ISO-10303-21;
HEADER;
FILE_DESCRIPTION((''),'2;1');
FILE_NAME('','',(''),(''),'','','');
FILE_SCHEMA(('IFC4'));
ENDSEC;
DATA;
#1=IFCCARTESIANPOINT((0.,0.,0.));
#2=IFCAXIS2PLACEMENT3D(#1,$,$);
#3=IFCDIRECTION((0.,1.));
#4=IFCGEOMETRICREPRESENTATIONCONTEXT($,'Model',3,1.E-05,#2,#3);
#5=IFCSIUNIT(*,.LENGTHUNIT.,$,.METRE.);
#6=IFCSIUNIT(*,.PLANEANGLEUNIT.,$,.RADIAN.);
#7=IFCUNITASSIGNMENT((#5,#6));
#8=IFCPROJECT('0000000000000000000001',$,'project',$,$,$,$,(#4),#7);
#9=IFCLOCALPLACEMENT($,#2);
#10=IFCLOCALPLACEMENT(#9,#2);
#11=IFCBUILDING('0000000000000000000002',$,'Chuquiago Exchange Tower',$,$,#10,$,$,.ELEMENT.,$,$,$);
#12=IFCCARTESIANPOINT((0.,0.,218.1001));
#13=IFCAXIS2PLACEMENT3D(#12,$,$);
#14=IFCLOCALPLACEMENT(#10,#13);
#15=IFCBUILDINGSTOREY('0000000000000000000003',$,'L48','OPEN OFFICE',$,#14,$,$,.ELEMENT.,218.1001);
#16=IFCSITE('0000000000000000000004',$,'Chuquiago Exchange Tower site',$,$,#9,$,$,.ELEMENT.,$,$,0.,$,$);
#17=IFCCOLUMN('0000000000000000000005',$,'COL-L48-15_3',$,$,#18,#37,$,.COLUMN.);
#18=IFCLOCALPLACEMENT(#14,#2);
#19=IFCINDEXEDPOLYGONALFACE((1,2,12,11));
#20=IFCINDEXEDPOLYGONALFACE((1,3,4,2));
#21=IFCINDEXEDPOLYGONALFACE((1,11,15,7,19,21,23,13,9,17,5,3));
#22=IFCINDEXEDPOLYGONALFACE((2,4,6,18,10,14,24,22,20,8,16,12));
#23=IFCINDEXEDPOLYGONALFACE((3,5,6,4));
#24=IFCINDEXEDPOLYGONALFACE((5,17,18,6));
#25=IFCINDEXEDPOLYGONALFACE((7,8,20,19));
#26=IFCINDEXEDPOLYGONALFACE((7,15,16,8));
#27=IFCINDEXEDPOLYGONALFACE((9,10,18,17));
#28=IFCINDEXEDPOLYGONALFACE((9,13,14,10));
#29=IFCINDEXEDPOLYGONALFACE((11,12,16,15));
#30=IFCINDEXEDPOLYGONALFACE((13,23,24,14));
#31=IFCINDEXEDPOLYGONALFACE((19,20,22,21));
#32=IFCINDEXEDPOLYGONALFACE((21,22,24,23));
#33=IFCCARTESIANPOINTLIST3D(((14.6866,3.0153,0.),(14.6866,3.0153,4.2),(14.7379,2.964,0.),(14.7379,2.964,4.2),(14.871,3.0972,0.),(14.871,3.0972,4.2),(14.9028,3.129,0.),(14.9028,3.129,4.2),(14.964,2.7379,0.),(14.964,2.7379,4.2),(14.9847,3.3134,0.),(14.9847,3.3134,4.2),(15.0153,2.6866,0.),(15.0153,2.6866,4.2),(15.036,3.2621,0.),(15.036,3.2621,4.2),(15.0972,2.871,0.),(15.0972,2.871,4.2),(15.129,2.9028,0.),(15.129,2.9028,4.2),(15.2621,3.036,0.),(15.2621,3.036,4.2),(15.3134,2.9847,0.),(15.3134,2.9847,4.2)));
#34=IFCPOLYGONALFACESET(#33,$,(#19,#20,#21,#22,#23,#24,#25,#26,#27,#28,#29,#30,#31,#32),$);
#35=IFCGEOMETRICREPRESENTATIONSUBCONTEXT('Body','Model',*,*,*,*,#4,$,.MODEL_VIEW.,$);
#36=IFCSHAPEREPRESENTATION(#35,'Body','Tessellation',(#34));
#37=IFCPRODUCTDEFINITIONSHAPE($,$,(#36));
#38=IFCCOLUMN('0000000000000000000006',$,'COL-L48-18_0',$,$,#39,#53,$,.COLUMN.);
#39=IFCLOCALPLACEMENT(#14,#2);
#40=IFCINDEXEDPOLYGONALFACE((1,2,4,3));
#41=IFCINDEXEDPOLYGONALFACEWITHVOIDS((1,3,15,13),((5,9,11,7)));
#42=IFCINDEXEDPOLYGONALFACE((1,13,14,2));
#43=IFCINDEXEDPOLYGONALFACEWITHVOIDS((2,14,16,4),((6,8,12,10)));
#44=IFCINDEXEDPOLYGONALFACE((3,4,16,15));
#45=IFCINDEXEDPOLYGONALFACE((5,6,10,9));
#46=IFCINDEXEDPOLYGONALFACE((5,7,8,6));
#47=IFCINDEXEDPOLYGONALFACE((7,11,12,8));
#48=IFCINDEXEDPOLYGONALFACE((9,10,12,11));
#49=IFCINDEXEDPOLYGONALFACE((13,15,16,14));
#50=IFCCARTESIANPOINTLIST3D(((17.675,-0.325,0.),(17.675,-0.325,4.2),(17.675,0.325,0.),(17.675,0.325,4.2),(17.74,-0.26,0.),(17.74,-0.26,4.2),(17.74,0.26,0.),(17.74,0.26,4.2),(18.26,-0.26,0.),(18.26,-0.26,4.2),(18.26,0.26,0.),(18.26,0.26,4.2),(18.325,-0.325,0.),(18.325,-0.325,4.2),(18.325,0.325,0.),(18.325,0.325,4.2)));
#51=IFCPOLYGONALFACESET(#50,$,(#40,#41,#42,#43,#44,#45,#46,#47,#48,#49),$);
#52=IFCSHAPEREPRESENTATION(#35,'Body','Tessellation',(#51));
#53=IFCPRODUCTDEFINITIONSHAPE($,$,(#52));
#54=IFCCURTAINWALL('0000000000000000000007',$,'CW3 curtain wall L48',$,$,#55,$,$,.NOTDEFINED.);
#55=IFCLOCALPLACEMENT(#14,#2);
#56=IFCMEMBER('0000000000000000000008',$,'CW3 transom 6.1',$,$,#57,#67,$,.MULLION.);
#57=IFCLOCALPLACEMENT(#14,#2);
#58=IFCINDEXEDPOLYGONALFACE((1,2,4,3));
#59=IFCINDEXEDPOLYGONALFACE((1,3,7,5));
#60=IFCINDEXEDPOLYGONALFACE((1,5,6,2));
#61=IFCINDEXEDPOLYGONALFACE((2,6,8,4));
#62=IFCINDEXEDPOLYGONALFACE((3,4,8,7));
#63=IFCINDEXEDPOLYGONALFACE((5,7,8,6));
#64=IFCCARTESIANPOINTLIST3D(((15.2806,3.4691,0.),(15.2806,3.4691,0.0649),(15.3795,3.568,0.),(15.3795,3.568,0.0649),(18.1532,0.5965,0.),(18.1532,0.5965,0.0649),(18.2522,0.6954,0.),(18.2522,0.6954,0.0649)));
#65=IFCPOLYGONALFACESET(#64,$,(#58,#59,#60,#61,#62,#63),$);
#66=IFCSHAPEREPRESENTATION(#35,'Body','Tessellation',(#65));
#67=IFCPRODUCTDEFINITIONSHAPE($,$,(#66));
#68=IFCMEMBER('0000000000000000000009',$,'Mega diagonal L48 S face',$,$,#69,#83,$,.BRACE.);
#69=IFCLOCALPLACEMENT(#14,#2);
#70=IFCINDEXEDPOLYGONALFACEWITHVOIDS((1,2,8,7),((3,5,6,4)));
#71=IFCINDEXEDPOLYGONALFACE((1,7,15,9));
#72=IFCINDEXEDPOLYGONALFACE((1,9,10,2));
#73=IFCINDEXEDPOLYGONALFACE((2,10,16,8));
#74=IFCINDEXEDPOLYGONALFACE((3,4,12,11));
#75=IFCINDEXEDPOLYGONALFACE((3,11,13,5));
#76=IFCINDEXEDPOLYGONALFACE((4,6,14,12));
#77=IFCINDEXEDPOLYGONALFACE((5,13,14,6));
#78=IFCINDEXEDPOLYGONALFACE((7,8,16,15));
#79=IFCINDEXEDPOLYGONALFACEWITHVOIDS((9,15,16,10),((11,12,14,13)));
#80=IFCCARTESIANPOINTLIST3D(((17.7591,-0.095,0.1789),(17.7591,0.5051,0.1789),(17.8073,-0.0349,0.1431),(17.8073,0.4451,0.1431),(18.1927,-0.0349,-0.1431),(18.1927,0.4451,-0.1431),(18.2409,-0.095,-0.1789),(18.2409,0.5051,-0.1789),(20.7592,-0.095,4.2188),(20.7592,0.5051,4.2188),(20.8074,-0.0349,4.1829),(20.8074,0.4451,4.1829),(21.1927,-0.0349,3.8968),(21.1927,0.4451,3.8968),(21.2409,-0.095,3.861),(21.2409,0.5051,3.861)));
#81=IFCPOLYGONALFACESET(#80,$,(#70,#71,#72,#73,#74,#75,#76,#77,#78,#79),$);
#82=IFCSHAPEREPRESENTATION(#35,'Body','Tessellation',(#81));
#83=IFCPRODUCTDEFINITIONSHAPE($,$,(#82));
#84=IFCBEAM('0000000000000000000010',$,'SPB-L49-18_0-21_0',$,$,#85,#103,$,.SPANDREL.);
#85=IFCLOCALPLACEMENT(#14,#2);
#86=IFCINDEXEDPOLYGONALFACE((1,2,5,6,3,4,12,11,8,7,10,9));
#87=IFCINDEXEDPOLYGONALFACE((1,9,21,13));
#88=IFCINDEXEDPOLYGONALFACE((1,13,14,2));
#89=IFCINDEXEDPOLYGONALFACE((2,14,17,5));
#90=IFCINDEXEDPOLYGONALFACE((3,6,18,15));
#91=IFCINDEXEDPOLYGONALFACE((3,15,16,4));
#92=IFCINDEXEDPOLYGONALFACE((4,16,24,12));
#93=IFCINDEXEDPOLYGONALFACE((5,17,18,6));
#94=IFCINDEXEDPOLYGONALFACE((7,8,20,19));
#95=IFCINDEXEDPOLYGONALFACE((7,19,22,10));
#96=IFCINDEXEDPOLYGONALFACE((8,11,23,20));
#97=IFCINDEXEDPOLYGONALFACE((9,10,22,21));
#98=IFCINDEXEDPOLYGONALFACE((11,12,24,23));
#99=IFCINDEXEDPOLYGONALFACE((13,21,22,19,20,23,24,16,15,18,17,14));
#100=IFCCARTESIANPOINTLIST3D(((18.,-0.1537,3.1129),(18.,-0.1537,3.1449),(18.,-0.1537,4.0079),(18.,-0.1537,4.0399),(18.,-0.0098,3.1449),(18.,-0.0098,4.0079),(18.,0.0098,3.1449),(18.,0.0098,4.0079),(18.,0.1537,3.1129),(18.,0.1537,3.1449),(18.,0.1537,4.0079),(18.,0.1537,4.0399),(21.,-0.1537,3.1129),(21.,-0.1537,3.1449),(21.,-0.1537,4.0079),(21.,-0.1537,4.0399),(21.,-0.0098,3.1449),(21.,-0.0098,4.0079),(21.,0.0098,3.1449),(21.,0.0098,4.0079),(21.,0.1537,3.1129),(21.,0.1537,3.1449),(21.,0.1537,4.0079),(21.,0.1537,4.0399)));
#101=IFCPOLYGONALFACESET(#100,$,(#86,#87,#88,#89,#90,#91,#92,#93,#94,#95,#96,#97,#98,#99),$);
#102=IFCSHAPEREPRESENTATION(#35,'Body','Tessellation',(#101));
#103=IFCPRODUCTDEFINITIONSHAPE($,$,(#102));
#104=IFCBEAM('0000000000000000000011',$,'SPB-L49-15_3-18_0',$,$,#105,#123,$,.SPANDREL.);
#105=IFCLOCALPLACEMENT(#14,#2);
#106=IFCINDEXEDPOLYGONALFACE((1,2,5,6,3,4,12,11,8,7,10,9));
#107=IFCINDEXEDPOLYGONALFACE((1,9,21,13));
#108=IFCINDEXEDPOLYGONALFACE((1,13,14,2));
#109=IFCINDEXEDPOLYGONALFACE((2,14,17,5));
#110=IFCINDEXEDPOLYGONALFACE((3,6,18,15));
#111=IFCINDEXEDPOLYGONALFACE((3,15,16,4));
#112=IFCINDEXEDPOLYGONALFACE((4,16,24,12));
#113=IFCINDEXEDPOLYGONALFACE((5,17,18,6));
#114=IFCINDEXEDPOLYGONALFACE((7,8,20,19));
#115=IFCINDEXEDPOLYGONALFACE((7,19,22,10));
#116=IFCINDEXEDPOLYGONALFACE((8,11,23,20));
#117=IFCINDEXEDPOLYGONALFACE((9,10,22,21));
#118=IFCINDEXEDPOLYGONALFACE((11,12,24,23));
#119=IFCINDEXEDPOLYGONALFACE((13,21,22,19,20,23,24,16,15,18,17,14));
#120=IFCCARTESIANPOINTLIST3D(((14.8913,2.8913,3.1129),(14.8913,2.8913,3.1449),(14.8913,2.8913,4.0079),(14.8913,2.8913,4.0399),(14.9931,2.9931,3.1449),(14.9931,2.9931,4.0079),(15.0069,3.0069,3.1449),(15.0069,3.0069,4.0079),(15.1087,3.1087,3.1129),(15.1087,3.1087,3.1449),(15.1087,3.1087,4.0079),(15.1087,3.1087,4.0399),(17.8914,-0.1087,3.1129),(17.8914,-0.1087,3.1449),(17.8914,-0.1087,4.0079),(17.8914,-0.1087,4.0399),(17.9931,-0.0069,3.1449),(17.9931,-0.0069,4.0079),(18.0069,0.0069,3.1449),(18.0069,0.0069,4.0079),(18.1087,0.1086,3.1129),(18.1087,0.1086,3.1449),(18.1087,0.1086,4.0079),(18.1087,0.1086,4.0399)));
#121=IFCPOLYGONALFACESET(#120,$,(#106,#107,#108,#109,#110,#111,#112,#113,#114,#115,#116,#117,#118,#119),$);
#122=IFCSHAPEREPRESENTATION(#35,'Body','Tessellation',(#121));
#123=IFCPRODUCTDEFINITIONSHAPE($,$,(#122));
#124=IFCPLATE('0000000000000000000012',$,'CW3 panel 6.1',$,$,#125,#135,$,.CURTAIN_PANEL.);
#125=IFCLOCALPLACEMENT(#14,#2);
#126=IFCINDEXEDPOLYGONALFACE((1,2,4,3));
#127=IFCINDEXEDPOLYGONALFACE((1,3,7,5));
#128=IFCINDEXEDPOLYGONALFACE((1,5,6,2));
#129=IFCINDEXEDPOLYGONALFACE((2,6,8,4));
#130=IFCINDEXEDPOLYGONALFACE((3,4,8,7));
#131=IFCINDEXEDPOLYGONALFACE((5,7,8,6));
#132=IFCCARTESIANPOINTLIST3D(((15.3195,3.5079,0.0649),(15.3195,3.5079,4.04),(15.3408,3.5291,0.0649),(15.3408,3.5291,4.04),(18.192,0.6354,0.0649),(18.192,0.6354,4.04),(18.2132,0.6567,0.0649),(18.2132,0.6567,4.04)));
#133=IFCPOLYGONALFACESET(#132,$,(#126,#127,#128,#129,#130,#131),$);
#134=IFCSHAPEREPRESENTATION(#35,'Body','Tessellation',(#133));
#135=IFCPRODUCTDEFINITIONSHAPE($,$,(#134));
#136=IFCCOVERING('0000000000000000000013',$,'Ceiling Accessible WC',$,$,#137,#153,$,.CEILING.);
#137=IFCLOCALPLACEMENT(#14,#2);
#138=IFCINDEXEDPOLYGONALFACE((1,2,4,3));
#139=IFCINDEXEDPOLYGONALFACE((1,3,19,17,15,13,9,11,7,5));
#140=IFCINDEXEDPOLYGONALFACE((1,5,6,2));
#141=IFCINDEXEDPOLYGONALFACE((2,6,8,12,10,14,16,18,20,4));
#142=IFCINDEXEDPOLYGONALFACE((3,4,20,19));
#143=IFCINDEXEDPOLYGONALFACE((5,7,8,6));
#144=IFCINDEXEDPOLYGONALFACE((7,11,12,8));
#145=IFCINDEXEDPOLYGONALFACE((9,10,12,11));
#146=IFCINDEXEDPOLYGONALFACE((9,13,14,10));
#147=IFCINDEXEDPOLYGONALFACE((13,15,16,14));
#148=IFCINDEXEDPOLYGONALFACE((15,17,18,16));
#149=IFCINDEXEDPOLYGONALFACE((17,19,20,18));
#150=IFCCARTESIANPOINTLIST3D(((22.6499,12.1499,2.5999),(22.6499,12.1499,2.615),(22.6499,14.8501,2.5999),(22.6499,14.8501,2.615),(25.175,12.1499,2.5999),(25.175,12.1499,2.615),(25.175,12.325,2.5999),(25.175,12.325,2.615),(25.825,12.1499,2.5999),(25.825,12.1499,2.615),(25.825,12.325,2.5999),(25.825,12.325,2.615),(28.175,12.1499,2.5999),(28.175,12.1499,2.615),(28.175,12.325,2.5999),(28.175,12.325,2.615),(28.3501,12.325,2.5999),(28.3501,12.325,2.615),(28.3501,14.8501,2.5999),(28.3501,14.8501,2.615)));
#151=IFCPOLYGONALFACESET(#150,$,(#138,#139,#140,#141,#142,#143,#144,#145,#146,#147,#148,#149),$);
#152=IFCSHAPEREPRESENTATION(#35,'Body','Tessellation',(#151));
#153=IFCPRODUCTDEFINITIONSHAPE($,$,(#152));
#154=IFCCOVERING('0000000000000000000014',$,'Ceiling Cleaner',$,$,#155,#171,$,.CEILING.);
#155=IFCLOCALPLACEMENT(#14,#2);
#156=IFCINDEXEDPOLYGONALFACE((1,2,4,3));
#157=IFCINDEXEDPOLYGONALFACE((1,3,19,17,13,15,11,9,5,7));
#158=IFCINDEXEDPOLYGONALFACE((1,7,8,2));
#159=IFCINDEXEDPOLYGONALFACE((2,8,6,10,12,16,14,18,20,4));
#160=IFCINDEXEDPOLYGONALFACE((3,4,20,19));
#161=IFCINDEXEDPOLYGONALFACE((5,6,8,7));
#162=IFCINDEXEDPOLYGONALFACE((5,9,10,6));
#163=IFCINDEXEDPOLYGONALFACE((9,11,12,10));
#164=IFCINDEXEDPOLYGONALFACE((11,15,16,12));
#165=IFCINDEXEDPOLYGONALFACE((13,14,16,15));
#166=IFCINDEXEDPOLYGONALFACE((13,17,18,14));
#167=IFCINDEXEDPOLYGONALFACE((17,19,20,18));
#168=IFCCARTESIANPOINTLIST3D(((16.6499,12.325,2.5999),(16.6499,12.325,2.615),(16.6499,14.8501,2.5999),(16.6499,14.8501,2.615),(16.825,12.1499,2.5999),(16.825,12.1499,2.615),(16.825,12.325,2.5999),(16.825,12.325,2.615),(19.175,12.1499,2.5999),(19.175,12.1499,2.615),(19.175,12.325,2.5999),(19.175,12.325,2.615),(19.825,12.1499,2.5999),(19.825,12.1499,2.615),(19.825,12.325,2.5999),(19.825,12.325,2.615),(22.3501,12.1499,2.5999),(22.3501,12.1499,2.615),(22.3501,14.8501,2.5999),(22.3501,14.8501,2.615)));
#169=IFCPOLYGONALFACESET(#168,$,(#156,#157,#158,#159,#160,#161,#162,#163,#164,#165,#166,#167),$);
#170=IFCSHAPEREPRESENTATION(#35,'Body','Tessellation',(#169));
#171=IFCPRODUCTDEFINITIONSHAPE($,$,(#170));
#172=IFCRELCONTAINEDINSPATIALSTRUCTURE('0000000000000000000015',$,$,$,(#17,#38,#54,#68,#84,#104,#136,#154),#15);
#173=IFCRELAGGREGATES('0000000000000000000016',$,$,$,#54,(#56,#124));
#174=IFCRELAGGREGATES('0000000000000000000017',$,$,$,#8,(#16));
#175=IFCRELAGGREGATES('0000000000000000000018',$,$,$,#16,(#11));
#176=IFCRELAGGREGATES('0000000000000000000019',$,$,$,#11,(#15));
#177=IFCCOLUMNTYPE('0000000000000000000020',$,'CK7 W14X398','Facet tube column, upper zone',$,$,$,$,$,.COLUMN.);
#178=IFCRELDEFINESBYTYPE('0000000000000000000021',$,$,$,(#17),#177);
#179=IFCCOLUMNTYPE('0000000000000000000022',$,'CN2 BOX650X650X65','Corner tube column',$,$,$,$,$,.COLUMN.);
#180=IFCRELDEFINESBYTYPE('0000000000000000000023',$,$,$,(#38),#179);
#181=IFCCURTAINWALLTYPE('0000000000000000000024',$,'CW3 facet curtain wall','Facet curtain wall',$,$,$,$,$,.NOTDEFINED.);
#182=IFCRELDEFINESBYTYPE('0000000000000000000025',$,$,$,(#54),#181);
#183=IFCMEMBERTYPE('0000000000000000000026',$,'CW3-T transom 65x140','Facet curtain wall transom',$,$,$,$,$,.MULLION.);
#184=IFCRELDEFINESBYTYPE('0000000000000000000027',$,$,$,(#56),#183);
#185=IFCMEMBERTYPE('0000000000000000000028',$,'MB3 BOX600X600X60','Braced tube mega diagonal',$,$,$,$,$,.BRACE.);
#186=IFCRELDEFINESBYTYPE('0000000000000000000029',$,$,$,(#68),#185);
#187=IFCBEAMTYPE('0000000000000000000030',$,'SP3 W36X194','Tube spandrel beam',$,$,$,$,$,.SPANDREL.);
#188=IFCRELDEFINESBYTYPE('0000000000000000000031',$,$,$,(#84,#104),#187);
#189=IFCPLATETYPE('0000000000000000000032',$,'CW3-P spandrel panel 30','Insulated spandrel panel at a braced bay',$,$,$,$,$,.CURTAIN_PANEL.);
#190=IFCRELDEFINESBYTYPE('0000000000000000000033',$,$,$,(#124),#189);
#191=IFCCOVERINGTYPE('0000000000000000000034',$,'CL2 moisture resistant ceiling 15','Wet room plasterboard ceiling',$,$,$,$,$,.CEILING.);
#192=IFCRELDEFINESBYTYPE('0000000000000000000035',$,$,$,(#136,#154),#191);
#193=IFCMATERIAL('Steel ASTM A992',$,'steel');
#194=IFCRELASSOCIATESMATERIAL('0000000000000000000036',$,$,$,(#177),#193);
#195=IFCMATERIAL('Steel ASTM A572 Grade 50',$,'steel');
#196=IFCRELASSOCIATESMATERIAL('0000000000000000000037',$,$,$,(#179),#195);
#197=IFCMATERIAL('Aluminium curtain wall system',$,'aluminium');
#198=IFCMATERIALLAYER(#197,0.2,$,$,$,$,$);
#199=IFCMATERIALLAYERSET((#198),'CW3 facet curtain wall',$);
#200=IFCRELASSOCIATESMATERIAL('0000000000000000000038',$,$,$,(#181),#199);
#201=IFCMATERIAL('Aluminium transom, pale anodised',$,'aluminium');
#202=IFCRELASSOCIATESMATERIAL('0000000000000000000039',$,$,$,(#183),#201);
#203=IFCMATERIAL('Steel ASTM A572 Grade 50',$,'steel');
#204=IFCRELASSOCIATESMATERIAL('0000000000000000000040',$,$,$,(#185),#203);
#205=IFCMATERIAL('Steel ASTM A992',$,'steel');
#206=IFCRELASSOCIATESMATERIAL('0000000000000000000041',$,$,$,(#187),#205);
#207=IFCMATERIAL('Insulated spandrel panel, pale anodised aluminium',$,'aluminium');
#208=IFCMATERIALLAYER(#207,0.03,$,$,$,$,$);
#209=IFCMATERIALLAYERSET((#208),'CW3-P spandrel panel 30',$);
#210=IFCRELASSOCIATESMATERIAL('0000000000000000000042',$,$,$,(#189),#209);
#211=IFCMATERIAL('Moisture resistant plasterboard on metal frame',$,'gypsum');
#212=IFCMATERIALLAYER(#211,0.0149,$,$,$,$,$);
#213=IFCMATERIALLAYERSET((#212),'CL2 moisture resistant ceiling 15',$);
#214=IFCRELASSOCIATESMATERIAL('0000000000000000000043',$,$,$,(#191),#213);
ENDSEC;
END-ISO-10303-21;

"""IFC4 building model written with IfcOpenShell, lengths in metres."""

from ifc_helpers import new_model, si_unit, direction, frame, origin, origin_2d, place, context, subcontext, project, spatial, polyline, rectangle, hollow_rectangle, i_section, outline, extrude, material, layer, layer_set, material_profile, profile_set, type_object, element, aggregate, save


model = new_model("IFC4")

# Units and contexts
model_context = context("Model", 3, precision=1e-05, world=origin(), true_north=direction((0.0, 1.0)))
body_context = subcontext(model_context, "Body", "Model", "MODEL_VIEW")
ifc_project = project(units=[si_unit("LENGTHUNIT", "METRE"), si_unit("PLANEANGLEUNIT", "RADIAN")], contexts=[model_context])

# Site, building, storey
site_placement = place(None, origin())
site = spatial("IfcSite", under=ifc_project, at=site_placement, Name="Chuquiago Exchange Tower site", CompositionType="ELEMENT", RefElevation=0.0)
building_placement = place(site_placement, origin())
building = spatial("IfcBuilding", under=site, at=building_placement, Name="Chuquiago Exchange Tower", CompositionType="ELEMENT")
storey_placement = place(building_placement, frame((0.0, 0.0, 218.1001)))
storey = spatial("IfcBuildingStorey", under=building, at=storey_placement, Name="L48", Description="OPEN OFFICE", CompositionType="ELEMENT", Elevation=218.1001)

# Columns
ifc_material_1 = material(Name="Steel ASTM A992", Category="steel")
ifc_material_profile_1 = material_profile(ifc_material_1, i_section(OverallWidth=0.4216, OverallDepth=0.4648, WebThickness=0.0449, FlangeThickness=0.0725, at=origin_2d()), Name="W14X398")
ifc_profile_set_1 = profile_set([ifc_material_profile_1], Name="Steel ASTM A992")
column_type_1 = type_object("IfcColumnType", Name="CK7 W14X398", Description="Facet tube column, upper zone", PredefinedType="COLUMN", material=ifc_profile_set_1)
column_1_placement = place(storey_placement, frame((15.0, 3.0, 0.0), z_axis=(0.0, 0.0, 1.0), x_axis=(-0.707107, -0.707107, 0.0)))
element("IfcColumn", 1, at=column_1_placement, inside=storey, type_object=column_type_1, Name="COL-L48-15_3", PredefinedType="COLUMN", context=body_context, shape_type="SweptSolid", body=[
    extrude(i_section(OverallWidth=0.4216, OverallDepth=0.4648, WebThickness=0.0449, FlangeThickness=0.0725, at=origin_2d()), origin(), (0.0, 0.0, 1.0), 4.2),
])
ifc_material_2 = material(Name="Steel ASTM A572 Grade 50", Category="steel")
ifc_material_profile_2 = material_profile(ifc_material_2, hollow_rectangle(XDim=0.6499, YDim=0.6499, WallThickness=0.0649, at=origin_2d()), Name="BOX650X650X65")
ifc_profile_set_2 = profile_set([ifc_material_profile_2], Name="Steel ASTM A572 Grade 50")
column_type_2 = type_object("IfcColumnType", Name="CN2 BOX650X650X65", Description="Corner tube column", PredefinedType="COLUMN", material=ifc_profile_set_2)
column_2_placement = place(storey_placement, frame((18.0, 0.0, 0.0), z_axis=(0.0, 0.0, 1.0), x_axis=(0.0, -1.0, 0.0)))
element("IfcColumn", 2, at=column_2_placement, inside=storey, type_object=column_type_2, Name="COL-L48-18_0", PredefinedType="COLUMN", context=body_context, shape_type="SweptSolid", body=[
    extrude(hollow_rectangle(XDim=0.6499, YDim=0.6499, WallThickness=0.0649, at=origin_2d()), origin(), (0.0, 0.0, 1.0), 4.2),
])

# Curtain wall, member
ifc_material_3 = material(Name="Aluminium curtain wall system", Category="aluminium")
ifc_layer_1 = layer(ifc_material_3, 0.2)
ifc_layer_set_1 = layer_set([ifc_layer_1], Name="CW3 facet curtain wall")
curtain_wall_type = type_object("IfcCurtainWallType", Name="CW3 facet curtain wall", Description="Facet curtain wall", PredefinedType="NOTDEFINED", material=ifc_layer_set_1)
curtain_wall_placement = place(storey_placement, origin())
curtain_wall = element("IfcCurtainWall", 3, at=curtain_wall_placement, inside=storey, type_object=curtain_wall_type, Name="CW3 curtain wall L48", PredefinedType="NOTDEFINED")
ifc_material_4 = material(Name="Aluminium transom, pale anodised", Category="aluminium")
ifc_material_profile_3 = material_profile(ifc_material_4, rectangle(XDim=0.1399, YDim=0.0649, at=origin_2d()), Name="AL 140x65")
ifc_profile_set_3 = profile_set([ifc_material_profile_3], Name="Aluminium transom, pale anodised")
member_type_1 = type_object("IfcMemberType", Name="CW3-T transom 65x140", Description="Facet curtain wall transom", PredefinedType="MULLION", material=ifc_profile_set_3)
member_1_placement = place(storey_placement, frame((15.3301, 3.5186, 0.0325), z_axis=(0.707107, -0.707107, 0.0), x_axis=(0.707107, 0.707107, 0.0)))
member_1 = element("IfcMember", 4, at=member_1_placement, type_object=member_type_1, Name="CW3 transom 6.1", PredefinedType="MULLION", context=body_context, shape_type="SweptSolid", body=[
    extrude(rectangle(XDim=0.1399, YDim=0.0649, at=origin_2d()), origin(), (0.0, 0.0, 1.0), 4.0625),
])

# Member
ifc_material_5 = material(Name="Steel ASTM A572 Grade 50", Category="steel")
ifc_material_profile_4 = material_profile(ifc_material_5, hollow_rectangle(XDim=0.6001, YDim=0.6001, WallThickness=0.0601, at=origin_2d()), Name="BOX600X600X60")
ifc_profile_set_4 = profile_set([ifc_material_profile_4], Name="Steel ASTM A572 Grade 50")
member_type_2 = type_object("IfcMemberType", Name="MB3 BOX600X600X60", Description="Braced tube mega diagonal", PredefinedType="BRACE", material=ifc_profile_set_4)
member_2_placement = place(storey_placement, frame((18.0, 0.2051, 0.0), z_axis=(0.596197, 0.0, 0.802838), x_axis=(0.0, 1.0, 0.0)))
element("IfcMember", 5, at=member_2_placement, inside=storey, type_object=member_type_2, Name="Mega diagonal L48 S face", PredefinedType="BRACE", context=body_context, shape_type="SweptSolid", body=[
    extrude(hollow_rectangle(XDim=0.6001, YDim=0.6001, WallThickness=0.0601, at=origin_2d()), origin(), (0.0, 0.0, 1.0), 5.032),
])

# Beams
ifc_material_6 = material(Name="Steel ASTM A992", Category="steel")
ifc_material_profile_5 = material_profile(ifc_material_6, i_section(OverallWidth=0.3074, OverallDepth=0.927, WebThickness=0.0195, FlangeThickness=0.032, at=origin_2d()), Name="W36X194")
ifc_profile_set_5 = profile_set([ifc_material_profile_5], Name="Steel ASTM A992")
beam_type = type_object("IfcBeamType", Name="SP3 W36X194", Description="Tube spandrel beam", PredefinedType="SPANDREL", material=ifc_profile_set_5)
beam_1_placement = place(storey_placement, frame((18.0, 0.0, 3.5764), z_axis=(1.0, 0.0, 0.0), x_axis=(0.0, 1.0, 0.0)))
element("IfcBeam", 6, at=beam_1_placement, inside=storey, type_object=beam_type, Name="SPB-L49-18_0-21_0", PredefinedType="SPANDREL", context=body_context, shape_type="SweptSolid", body=[
    extrude(i_section(OverallWidth=0.3074, OverallDepth=0.927, WebThickness=0.0195, FlangeThickness=0.032, at=origin_2d()), origin(), (0.0, 0.0, 1.0), 3.0),
])
beam_2_placement = place(storey_placement, frame((15.0, 3.0, 3.5764), z_axis=(0.707107, -0.707107, 0.0), x_axis=(0.707107, 0.707107, 0.0)))
element("IfcBeam", 7, at=beam_2_placement, inside=storey, type_object=beam_type, Name="SPB-L49-15_3-18_0", PredefinedType="SPANDREL", context=body_context, shape_type="SweptSolid", body=[
    extrude(i_section(OverallWidth=0.3074, OverallDepth=0.927, WebThickness=0.0195, FlangeThickness=0.032, at=origin_2d()), origin(), (0.0, 0.0, 1.0), 4.2427),
])

# Plate
ifc_material_7 = material(Name="Insulated spandrel panel, pale anodised aluminium", Category="aluminium")
ifc_layer_2 = layer(ifc_material_7, 0.03)
ifc_layer_set_2 = layer_set([ifc_layer_2], Name="CW3-P spandrel panel 30")
plate_type = type_object("IfcPlateType", Name="CW3-P spandrel panel 30", Description="Insulated spandrel panel at a braced bay", PredefinedType="CURTAIN_PANEL", material=ifc_layer_set_2)
plate_placement = place(storey_placement, frame((16.7664, 2.0823, 0.0649), z_axis=(0.0, 0.0, 1.0), x_axis=(0.707107, -0.707107, 0.0)))
plate = element("IfcPlate", 8, at=plate_placement, type_object=plate_type, Name="CW3 panel 6.1", PredefinedType="CURTAIN_PANEL", context=body_context, shape_type="SweptSolid", body=[
    extrude(rectangle(XDim=4.0623, YDim=0.03, at=origin_2d()), origin(), (0.0, 0.0, 1.0), 3.9751),
])
aggregate(curtain_wall, [member_1, plate])

# Coverings
ifc_material_8 = material(Name="Moisture resistant plasterboard on metal frame", Category="gypsum")
ifc_layer_3 = layer(ifc_material_8, 0.0149)
ifc_layer_set_3 = layer_set([ifc_layer_3], Name="CL2 moisture resistant ceiling 15")
covering_type_1 = type_object("IfcCoveringType", Name="CL2 moisture resistant ceiling 15", Description="Wet room plasterboard ceiling", PredefinedType="CEILING", material=ifc_layer_set_3)
covering_1_placement = place(storey_placement, frame((0.0, 0.0, 2.5999)))
element("IfcCovering", 9, at=covering_1_placement, inside=storey, type_object=covering_type_1, Name="Ceiling Accessible WC", PredefinedType="CEILING", context=body_context, shape_type="SweptSolid", body=[
    extrude(outline(polyline([(25.825, 12.1499), (25.825, 12.325), (25.175, 12.325), (25.175, 12.1499), (22.6499, 12.1499), (22.6499, 14.8501), (28.3501, 14.8501), (28.3501, 12.325), (28.175, 12.325), (28.175, 12.1499), (25.825, 12.1499)])), origin(), (0.0, 0.0, 1.0), 0.0151),
])
covering_2_placement = place(storey_placement, frame((0.0, 0.0, 2.5999)))
element("IfcCovering", 10, at=covering_2_placement, inside=storey, type_object=covering_type_1, Name="Ceiling Cleaner", PredefinedType="CEILING", context=body_context, shape_type="SweptSolid", body=[
    extrude(outline(polyline([(19.825, 12.1499), (19.825, 12.325), (19.175, 12.325), (19.175, 12.1499), (16.825, 12.1499), (16.825, 12.325), (16.6499, 12.325), (16.6499, 14.8501), (22.3501, 14.8501), (22.3501, 12.1499), (19.825, 12.1499)])), origin(), (0.0, 0.0, 1.0), 0.0151),
])

save(model, "model.ifc")
